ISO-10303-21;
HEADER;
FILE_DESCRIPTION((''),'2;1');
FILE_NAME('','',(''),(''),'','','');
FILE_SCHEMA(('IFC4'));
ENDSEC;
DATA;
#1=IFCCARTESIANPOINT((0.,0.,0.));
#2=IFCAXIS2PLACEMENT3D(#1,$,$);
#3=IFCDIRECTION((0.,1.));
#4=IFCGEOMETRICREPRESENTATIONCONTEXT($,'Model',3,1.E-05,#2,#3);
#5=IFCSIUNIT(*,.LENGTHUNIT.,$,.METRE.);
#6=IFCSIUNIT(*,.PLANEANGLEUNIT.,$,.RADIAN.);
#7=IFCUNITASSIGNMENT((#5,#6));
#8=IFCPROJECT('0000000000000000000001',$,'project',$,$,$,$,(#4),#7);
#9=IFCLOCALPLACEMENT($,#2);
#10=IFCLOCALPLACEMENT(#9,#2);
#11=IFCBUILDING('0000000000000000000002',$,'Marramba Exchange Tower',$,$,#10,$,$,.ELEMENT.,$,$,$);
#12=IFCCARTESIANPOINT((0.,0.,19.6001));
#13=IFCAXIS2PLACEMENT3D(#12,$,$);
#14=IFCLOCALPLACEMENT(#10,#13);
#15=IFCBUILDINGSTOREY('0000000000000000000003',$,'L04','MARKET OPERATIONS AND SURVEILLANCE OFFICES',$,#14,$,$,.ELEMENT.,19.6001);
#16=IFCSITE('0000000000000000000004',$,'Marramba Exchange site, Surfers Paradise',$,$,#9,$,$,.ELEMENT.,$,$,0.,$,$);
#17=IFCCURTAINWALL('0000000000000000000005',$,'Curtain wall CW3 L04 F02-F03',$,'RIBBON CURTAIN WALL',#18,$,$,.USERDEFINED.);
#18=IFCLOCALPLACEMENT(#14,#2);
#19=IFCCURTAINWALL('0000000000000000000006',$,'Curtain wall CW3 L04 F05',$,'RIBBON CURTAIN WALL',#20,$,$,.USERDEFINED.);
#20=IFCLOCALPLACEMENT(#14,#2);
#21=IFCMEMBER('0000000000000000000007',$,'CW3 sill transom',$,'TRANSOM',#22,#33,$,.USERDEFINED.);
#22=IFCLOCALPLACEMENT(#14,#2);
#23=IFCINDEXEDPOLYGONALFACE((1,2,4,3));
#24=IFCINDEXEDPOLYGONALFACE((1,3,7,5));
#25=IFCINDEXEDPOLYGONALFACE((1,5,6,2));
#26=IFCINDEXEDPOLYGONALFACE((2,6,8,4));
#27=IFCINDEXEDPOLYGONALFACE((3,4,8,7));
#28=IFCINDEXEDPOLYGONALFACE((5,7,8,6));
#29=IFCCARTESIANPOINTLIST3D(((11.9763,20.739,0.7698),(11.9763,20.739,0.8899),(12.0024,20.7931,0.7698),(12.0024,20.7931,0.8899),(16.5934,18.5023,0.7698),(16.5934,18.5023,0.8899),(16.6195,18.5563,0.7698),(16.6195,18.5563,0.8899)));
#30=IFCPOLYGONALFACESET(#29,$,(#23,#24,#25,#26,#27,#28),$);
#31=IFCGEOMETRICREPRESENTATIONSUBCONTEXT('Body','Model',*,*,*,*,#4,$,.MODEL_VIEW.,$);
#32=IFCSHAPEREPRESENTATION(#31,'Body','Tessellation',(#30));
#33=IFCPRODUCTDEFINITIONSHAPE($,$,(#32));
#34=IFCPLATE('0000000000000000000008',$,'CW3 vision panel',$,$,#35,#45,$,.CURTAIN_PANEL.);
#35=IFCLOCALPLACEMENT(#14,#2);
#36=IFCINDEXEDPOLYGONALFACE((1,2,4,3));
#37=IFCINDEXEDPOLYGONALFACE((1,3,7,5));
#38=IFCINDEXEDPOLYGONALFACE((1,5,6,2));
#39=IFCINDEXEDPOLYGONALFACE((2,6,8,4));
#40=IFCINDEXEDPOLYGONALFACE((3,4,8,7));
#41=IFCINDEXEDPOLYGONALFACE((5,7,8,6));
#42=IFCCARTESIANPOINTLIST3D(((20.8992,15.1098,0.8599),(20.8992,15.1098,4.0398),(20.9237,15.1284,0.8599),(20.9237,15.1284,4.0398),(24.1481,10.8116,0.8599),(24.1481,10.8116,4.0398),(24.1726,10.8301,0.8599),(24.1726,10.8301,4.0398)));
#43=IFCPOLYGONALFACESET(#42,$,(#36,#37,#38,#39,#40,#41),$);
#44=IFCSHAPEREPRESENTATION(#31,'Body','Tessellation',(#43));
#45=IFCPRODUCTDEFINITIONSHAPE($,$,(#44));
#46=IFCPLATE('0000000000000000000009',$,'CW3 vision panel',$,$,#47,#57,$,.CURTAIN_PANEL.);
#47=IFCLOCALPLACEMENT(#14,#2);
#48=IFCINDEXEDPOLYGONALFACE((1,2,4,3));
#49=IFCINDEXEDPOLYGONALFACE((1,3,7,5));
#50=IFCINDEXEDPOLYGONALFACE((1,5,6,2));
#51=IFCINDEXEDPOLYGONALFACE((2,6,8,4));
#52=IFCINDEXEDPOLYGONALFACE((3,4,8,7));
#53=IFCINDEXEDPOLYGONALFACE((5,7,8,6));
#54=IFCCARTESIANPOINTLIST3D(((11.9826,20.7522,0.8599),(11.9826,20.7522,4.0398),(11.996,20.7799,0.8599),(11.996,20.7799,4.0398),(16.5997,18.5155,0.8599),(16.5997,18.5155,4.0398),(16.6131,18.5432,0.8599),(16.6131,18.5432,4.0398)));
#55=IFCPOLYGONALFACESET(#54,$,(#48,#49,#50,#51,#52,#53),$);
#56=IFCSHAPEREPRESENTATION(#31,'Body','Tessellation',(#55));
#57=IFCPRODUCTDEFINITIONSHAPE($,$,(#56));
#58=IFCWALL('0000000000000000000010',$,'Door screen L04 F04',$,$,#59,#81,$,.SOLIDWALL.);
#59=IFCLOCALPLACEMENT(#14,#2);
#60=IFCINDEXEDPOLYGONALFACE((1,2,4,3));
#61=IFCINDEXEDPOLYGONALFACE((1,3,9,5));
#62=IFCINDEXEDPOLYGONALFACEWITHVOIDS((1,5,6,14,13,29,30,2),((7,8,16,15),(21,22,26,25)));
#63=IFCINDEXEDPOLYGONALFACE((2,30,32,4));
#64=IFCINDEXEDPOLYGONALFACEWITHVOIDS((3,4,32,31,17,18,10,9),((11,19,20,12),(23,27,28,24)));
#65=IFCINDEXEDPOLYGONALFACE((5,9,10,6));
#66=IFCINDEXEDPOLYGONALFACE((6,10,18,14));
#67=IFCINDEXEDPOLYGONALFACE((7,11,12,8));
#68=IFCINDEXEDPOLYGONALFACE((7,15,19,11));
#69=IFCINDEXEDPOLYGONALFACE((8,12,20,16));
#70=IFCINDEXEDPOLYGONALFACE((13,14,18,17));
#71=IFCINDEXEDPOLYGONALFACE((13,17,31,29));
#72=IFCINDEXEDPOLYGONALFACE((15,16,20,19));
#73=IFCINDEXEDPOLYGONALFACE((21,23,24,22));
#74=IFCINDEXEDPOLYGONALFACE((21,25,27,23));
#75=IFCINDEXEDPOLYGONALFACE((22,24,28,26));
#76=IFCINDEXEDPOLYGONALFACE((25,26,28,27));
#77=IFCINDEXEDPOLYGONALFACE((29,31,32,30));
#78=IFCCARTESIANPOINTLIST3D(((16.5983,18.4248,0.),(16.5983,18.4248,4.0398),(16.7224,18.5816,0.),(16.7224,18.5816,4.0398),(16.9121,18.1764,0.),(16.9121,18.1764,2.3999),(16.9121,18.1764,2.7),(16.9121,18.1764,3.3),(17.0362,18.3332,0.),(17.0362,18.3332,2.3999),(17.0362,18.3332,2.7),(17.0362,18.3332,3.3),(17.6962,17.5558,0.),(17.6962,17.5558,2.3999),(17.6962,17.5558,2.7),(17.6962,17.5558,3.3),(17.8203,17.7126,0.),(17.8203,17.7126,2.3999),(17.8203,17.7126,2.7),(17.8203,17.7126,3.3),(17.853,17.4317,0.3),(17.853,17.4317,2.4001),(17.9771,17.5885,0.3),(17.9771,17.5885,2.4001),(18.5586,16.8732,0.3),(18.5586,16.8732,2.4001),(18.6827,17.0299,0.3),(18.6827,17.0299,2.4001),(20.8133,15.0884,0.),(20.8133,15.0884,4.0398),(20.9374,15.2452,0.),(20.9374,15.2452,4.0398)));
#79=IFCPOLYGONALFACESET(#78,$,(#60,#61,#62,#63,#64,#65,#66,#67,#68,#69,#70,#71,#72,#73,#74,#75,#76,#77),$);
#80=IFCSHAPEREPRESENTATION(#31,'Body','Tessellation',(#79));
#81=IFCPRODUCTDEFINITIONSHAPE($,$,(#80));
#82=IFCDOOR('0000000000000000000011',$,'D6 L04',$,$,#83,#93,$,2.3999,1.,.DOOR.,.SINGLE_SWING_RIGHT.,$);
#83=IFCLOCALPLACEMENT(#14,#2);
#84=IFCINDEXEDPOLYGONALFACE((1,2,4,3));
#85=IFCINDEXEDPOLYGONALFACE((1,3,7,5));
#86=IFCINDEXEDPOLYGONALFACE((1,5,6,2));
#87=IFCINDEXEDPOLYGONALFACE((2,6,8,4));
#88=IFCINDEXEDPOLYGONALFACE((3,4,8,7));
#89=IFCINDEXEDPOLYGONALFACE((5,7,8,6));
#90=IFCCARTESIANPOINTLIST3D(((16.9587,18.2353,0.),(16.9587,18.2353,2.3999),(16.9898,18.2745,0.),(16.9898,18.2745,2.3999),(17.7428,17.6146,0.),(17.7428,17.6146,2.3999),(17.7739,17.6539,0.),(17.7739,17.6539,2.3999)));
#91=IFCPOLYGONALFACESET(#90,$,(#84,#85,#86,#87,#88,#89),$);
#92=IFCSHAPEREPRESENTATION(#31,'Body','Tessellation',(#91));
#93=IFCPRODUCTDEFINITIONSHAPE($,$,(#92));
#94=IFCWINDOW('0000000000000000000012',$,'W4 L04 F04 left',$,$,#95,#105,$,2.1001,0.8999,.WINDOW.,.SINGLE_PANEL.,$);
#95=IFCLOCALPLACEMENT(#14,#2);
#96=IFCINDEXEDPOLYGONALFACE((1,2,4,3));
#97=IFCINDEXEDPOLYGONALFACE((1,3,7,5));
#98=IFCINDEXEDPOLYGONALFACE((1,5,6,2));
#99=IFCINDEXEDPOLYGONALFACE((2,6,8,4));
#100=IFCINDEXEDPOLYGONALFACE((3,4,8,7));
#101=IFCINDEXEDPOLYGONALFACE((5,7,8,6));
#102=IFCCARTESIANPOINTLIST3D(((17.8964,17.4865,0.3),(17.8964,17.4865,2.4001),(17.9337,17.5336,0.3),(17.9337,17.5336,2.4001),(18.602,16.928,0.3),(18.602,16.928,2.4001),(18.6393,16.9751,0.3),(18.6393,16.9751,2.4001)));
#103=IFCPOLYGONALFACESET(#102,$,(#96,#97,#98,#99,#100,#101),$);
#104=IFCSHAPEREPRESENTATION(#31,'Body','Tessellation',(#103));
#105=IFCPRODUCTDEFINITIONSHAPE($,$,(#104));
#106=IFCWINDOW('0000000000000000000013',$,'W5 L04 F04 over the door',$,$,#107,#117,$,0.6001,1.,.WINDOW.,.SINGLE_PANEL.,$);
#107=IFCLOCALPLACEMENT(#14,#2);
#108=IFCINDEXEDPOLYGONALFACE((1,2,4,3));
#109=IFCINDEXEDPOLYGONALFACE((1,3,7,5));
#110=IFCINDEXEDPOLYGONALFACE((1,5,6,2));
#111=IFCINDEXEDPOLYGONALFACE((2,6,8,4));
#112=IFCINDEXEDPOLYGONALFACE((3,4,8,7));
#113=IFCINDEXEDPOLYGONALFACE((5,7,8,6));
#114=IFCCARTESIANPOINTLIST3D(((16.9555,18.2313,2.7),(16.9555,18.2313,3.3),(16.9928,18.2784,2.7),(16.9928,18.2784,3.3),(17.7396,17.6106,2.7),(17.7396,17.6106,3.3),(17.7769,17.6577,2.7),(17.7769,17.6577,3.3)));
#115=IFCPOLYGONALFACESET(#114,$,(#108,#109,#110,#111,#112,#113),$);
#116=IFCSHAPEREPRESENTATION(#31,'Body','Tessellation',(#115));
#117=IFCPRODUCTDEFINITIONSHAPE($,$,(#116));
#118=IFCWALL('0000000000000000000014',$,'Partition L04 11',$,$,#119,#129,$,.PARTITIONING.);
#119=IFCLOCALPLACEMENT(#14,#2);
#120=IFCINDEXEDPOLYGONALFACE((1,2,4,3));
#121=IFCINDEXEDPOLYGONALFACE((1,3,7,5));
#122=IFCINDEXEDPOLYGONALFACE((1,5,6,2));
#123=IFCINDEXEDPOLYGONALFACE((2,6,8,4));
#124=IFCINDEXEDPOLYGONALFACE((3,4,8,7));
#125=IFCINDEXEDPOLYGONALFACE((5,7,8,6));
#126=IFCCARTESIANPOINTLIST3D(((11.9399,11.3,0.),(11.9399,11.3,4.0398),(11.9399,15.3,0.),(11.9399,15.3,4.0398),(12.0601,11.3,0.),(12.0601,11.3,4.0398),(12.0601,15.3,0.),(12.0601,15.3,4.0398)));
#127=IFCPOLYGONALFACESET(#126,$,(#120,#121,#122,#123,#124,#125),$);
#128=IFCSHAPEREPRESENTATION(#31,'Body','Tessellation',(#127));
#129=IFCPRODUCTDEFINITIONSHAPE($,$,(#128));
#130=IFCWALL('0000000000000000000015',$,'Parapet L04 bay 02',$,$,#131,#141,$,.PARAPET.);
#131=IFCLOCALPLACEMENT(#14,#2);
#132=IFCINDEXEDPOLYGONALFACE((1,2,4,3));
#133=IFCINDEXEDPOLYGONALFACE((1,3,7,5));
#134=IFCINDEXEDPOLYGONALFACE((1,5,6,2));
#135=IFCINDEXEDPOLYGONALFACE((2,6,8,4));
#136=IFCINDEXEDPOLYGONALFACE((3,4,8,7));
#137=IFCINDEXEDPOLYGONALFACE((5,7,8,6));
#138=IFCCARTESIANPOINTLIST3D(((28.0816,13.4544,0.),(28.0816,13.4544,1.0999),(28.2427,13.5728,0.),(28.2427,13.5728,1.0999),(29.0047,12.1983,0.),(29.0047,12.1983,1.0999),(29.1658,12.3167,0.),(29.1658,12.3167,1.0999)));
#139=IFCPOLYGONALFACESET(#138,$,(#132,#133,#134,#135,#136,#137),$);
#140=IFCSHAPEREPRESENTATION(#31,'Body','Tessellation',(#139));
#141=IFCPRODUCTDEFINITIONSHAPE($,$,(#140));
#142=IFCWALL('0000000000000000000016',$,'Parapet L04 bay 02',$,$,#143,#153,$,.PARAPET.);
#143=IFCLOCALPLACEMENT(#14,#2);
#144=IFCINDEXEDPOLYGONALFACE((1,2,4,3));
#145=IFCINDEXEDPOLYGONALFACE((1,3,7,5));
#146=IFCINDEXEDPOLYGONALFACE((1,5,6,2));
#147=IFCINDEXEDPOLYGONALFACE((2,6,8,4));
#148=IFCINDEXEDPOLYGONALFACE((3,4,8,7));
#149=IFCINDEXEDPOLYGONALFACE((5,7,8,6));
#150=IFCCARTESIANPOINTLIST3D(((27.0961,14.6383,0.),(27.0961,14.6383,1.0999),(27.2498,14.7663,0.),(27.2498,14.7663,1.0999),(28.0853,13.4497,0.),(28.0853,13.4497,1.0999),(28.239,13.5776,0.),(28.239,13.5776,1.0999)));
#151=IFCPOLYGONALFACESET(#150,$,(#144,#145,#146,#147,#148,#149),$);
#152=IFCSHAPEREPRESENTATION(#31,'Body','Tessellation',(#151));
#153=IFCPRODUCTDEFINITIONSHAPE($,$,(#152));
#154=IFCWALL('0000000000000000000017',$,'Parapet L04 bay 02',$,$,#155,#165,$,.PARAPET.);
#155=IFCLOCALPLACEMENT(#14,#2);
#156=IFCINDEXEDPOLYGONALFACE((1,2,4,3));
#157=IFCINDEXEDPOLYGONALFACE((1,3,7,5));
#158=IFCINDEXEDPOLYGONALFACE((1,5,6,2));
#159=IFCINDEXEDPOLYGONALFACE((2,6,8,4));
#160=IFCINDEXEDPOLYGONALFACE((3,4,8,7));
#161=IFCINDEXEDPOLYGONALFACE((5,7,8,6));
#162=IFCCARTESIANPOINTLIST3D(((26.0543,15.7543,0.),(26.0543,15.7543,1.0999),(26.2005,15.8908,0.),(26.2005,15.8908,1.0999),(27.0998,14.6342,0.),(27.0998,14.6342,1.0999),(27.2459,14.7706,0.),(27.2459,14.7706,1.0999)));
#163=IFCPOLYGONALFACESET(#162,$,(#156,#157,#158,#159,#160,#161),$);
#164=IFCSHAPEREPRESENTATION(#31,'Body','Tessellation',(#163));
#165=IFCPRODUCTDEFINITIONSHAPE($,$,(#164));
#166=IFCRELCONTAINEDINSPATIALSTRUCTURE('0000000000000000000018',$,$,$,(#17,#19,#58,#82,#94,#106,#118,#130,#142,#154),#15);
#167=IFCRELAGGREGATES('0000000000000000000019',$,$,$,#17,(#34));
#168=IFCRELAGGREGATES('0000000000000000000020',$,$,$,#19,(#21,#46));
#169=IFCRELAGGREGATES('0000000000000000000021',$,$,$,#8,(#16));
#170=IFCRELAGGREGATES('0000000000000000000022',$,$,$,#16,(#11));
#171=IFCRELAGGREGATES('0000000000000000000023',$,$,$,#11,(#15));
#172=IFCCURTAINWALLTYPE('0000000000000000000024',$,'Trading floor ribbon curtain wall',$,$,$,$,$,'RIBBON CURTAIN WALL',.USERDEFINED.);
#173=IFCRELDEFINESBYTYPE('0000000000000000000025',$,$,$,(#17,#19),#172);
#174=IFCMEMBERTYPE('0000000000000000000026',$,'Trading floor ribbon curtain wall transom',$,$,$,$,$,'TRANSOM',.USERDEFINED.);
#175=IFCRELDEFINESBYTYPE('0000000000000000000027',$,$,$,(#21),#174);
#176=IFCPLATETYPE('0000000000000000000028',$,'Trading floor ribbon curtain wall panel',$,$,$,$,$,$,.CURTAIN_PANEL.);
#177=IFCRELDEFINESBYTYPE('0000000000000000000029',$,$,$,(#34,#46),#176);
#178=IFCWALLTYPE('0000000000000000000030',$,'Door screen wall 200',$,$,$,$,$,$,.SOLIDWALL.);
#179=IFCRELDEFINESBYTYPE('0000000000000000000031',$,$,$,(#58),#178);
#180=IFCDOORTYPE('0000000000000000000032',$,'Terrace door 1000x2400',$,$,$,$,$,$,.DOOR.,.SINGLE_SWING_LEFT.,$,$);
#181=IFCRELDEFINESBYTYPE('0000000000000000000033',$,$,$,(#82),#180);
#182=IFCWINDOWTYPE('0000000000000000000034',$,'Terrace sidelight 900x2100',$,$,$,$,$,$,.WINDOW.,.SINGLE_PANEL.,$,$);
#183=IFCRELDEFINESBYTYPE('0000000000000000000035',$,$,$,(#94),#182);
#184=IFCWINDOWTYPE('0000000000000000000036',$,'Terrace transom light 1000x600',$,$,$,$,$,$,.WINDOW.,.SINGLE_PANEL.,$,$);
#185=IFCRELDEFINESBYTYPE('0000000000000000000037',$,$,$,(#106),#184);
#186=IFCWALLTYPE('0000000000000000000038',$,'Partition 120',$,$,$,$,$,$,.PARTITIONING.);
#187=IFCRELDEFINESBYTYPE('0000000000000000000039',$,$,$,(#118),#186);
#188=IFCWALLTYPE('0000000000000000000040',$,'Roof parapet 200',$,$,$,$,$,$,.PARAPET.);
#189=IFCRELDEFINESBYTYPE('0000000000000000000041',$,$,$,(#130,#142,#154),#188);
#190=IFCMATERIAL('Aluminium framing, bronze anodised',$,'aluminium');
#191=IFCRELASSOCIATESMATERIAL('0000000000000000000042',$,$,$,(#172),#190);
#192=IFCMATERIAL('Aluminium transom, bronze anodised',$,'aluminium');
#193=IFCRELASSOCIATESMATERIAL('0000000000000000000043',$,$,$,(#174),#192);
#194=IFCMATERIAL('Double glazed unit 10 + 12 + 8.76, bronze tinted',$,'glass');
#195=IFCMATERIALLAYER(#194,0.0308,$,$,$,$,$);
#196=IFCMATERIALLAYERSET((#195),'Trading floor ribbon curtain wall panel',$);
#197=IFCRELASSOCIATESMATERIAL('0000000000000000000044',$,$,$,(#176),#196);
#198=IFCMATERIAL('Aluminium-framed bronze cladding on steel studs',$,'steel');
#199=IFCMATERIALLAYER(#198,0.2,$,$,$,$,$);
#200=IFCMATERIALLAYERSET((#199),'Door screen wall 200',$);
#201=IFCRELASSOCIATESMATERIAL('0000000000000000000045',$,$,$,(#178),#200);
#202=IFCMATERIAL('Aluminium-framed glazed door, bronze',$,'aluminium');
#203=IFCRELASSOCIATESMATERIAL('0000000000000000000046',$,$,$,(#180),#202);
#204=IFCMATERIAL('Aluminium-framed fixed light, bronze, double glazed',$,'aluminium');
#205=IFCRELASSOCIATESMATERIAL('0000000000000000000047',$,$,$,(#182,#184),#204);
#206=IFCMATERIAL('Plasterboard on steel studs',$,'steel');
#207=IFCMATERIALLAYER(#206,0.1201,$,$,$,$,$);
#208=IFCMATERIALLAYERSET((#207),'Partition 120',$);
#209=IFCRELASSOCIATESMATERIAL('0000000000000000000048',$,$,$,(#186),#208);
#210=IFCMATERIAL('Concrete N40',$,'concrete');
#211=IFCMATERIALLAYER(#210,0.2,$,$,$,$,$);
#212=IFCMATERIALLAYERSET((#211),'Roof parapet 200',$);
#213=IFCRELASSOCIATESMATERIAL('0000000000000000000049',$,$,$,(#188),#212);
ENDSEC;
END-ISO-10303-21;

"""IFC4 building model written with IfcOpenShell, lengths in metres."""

from ifc_helpers import new_model, si_unit, direction, frame, frame_2d, origin, origin_2d, place, context, subcontext, project, spatial, rectangle, extrude, material, layer, layer_set, material_profile, profile_set, type_object, element, fill, aggregate, save


model = new_model("IFC4")

# Units and contexts
model_context = context("Model", 3, precision=1e-05, world=origin(), true_north=direction((0.0, 1.0)))
body_context = subcontext(model_context, "Body", "Model", "MODEL_VIEW")
ifc_project = project(units=[si_unit("LENGTHUNIT", "METRE"), si_unit("PLANEANGLEUNIT", "RADIAN")], contexts=[model_context])

# Site, building, storey
site_placement = place(None, origin())
site = spatial("IfcSite", under=ifc_project, at=site_placement, Name="Marramba Exchange site, Surfers Paradise", CompositionType="ELEMENT", RefElevation=0.0)
building_placement = place(site_placement, origin())
building = spatial("IfcBuilding", under=site, at=building_placement, Name="Marramba Exchange Tower", CompositionType="ELEMENT")
storey_placement = place(building_placement, frame((0.0, 0.0, 19.6001)))
storey = spatial("IfcBuildingStorey", under=building, at=storey_placement, Name="L04", Description="MARKET OPERATIONS AND SURVEILLANCE OFFICES", CompositionType="ELEMENT", Elevation=19.6001)

# Curtain wall
ifc_material_1 = material(Name="Aluminium framing, bronze anodised", Category="aluminium")
curtain_wall_type = type_object("IfcCurtainWallType", Name="Trading floor ribbon curtain wall", ElementType="RIBBON CURTAIN WALL", PredefinedType="USERDEFINED", material=ifc_material_1)
curtain_wall_1_placement = place(storey_placement, origin())
curtain_wall_1 = element("IfcCurtainWall", 1, at=curtain_wall_1_placement, inside=storey, type_object=curtain_wall_type, Name="Curtain wall CW3 L04 F02-F03", ObjectType="RIBBON CURTAIN WALL", PredefinedType="USERDEFINED")

# Curtain wall, member
curtain_wall_2_placement = place(storey_placement, origin())
curtain_wall_2 = element("IfcCurtainWall", 2, at=curtain_wall_2_placement, inside=storey, type_object=curtain_wall_type, Name="Curtain wall CW3 L04 F05", ObjectType="RIBBON CURTAIN WALL", PredefinedType="USERDEFINED")
ifc_material_2 = material(Name="Aluminium transom, bronze anodised", Category="aluminium")
ifc_material_profile_1 = material_profile(ifc_material_2, rectangle(XDim=0.0601, YDim=0.1201, at=origin_2d()), Name="CW3 transom 60x120")
ifc_profile_set_1 = profile_set([ifc_material_profile_1], Name="Aluminium transom, bronze anodised")
member_type_1 = type_object("IfcMemberType", Name="Trading floor ribbon curtain wall transom", ElementType="TRANSOM", PredefinedType="USERDEFINED", material=ifc_profile_set_1)
member_1_placement = place(storey_placement, frame((16.6064, 18.5293, 0.8298), z_axis=(-0.899953, 0.435986, 0.0), x_axis=(-0.435986, -0.899953, 0.0)))
member_1 = element("IfcMember", 3, at=member_1_placement, type_object=member_type_1, Name="CW3 sill transom", ObjectType="TRANSOM", PredefinedType="USERDEFINED", context=body_context, shape_type="SweptSolid", body=[
    extrude(rectangle(XDim=0.0601, YDim=0.1201, at=origin_2d()), origin(), (0.0, 0.0, 1.0), 5.1304),
])

# Plates
ifc_material_3 = material(Name="Double glazed unit 10 + 12 + 8.76, bronze tinted", Category="glass")
ifc_layer_1 = layer(ifc_material_3, 0.0308)
ifc_layer_set_1 = layer_set([ifc_layer_1], Name="Trading floor ribbon curtain wall panel")
plate_type = type_object("IfcPlateType", Name="Trading floor ribbon curtain wall panel", PredefinedType="CURTAIN_PANEL", material=ifc_layer_set_1)
plate_1_placement = place(storey_placement, frame((22.5359, 12.97, 0.8599), z_axis=(0.0, 0.0, 1.0), x_axis=(-0.60299, 0.797749, 0.0)))
plate_1 = element("IfcPlate", 4, at=plate_1_placement, type_object=plate_type, Name="CW3 vision panel", PredefinedType="CURTAIN_PANEL", context=body_context, shape_type="SweptSolid", body=[
    extrude(rectangle(XDim=5.3879, YDim=0.0308, at=origin_2d()), origin(), (0.0, 0.0, 1.0), 3.1799),
])
aggregate(curtain_wall_1, [plate_1])
plate_2_placement = place(storey_placement, frame((14.2979, 19.6477, 0.8599), z_axis=(0.0, 0.0, 1.0), x_axis=(-0.899963, 0.435965, 0.0)))
plate_2 = element("IfcPlate", 5, at=plate_2_placement, type_object=plate_type, Name="CW3 vision panel", PredefinedType="CURTAIN_PANEL", context=body_context, shape_type="SweptSolid", body=[
    extrude(rectangle(XDim=5.1304, YDim=0.0308, at=origin_2d()), origin(), (0.0, 0.0, 1.0), 3.1799),
])
aggregate(curtain_wall_2, [member_1, plate_2])

# Wall, openings, door, windows
ifc_material_4 = material(Name="Aluminium-framed bronze cladding on steel studs", Category="steel")
ifc_layer_2 = layer(ifc_material_4, 0.2)
ifc_layer_set_2 = layer_set([ifc_layer_2], Name="Door screen wall 200")
wall_type_1 = type_object("IfcWallType", Name="Door screen wall 200", PredefinedType="SOLIDWALL", material=ifc_layer_set_2)
wall_1_placement = place(storey_placement, frame((20.8755, 15.1667, 0.0), z_axis=(0.0, 0.0, 1.0), x_axis=(-0.784093, 0.620644, 0.0)))
wall_1 = element("IfcWall", 6, at=wall_1_placement, inside=storey, type_object=wall_type_1, Name="Door screen L04 F04", PredefinedType="SOLIDWALL", context=body_context, shape_type="SweptSolid", body=[
    extrude(rectangle(XDim=5.3757, YDim=0.2, at=frame_2d((2.688, 0.0))), origin(), (0.0, 0.0, 1.0), 4.0398),
])
opening_1_placement = place(wall_1_placement, frame((3.9756, 0.0, 0.0)))
opening_1 = element("IfcOpeningElement", 7, at=opening_1_placement, cuts=wall_1, PredefinedType="OPENING", context=body_context, shape_type="SweptSolid", body=[
    extrude(rectangle(XDim=1.0, YDim=2.3999, at=frame_2d((0.5, 1.2))), frame((0.0, 0.1099, 0.0), z_axis=(0.0, -1.0, 0.0), x_axis=(1.0, 0.0, 0.0)), (0.0, 0.0, 1.0), 0.22),
])
opening_2_placement = place(wall_1_placement, frame((2.8757, 0.0, 0.3)))
opening_2 = element("IfcOpeningElement", 8, at=opening_2_placement, cuts=wall_1, PredefinedType="OPENING", context=body_context, shape_type="SweptSolid", body=[
    extrude(rectangle(XDim=0.8999, YDim=2.1001, at=frame_2d((0.45, 1.05))), frame((0.0, 0.1099, 0.0), z_axis=(0.0, -1.0, 0.0), x_axis=(1.0, 0.0, 0.0)), (0.0, 0.0, 1.0), 0.22),
])
opening_3_placement = place(wall_1_placement, frame((3.9756, 0.0, 2.7)))
opening_3 = element("IfcOpeningElement", 9, at=opening_3_placement, cuts=wall_1, PredefinedType="OPENING", context=body_context, shape_type="SweptSolid", body=[
    extrude(rectangle(XDim=1.0, YDim=0.6001, at=frame_2d((0.5, 0.3))), frame((0.0, 0.1099, 0.0), z_axis=(0.0, -1.0, 0.0), x_axis=(1.0, 0.0, 0.0)), (0.0, 0.0, 1.0), 0.22),
])
ifc_material_5 = material(Name="Aluminium-framed glazed door, bronze", Category="aluminium")
door_type = type_object("IfcDoorType", Name="Terrace door 1000x2400", OperationType="SINGLE_SWING_LEFT", PredefinedType="DOOR", material=ifc_material_5)
door_placement = place(opening_1_placement, frame((1.0, 0.0, 0.0), z_axis=(0.0, 0.0, 1.0), x_axis=(-1.0, 0.0, 0.0)))
door = element("IfcDoor", 10, at=door_placement, inside=storey, type_object=door_type, Name="D6 L04", OperationType="SINGLE_SWING_RIGHT", OverallHeight=2.3999, OverallWidth=1.0, PredefinedType="DOOR", context=body_context, shape_type="SweptSolid", body=[
    extrude(rectangle(XDim=1.0, YDim=2.3999, at=frame_2d((0.5, 1.2))), frame((0.0, 0.0251, 0.0), z_axis=(0.0, -1.0, 0.0), x_axis=(1.0, 0.0, 0.0)), (0.0, 0.0, 1.0), 0.05),
])
fill(opening_1, door)
ifc_material_6 = material(Name="Aluminium-framed fixed light, bronze, double glazed", Category="aluminium")
window_type_1 = type_object("IfcWindowType", Name="Terrace sidelight 900x2100", PartitioningType="SINGLE_PANEL", PredefinedType="WINDOW", material=ifc_material_6)
window_1_placement = place(opening_2_placement, origin())
window_1 = element("IfcWindow", 11, at=window_1_placement, inside=storey, type_object=window_type_1, Name="W4 L04 F04 left", OverallHeight=2.1001, OverallWidth=0.8999, PartitioningType="SINGLE_PANEL", PredefinedType="WINDOW", context=body_context, shape_type="SweptSolid", body=[
    extrude(rectangle(XDim=0.8999, YDim=2.1001, at=frame_2d((0.45, 1.05))), frame((0.0, 0.03, 0.0), z_axis=(0.0, -1.0, 0.0), x_axis=(1.0, 0.0, 0.0)), (0.0, 0.0, 1.0), 0.0601),
])
fill(opening_2, window_1)
window_type_2 = type_object("IfcWindowType", Name="Terrace transom light 1000x600", PartitioningType="SINGLE_PANEL", PredefinedType="WINDOW", material=ifc_material_6)
window_2_placement = place(opening_3_placement, origin())
window_2 = element("IfcWindow", 12, at=window_2_placement, inside=storey, type_object=window_type_2, Name="W5 L04 F04 over the door", OverallHeight=0.6001, OverallWidth=1.0, PartitioningType="SINGLE_PANEL", PredefinedType="WINDOW", context=body_context, shape_type="SweptSolid", body=[
    extrude(rectangle(XDim=1.0, YDim=0.6001, at=frame_2d((0.5, 0.3))), frame((0.0, 0.03, 0.0), z_axis=(0.0, -1.0, 0.0), x_axis=(1.0, 0.0, 0.0)), (0.0, 0.0, 1.0), 0.0601),
])
fill(opening_3, window_2)

# Walls
ifc_material_7 = material(Name="Plasterboard on steel studs", Category="steel")
ifc_layer_3 = layer(ifc_material_7, 0.1201)
ifc_layer_set_3 = layer_set([ifc_layer_3], Name="Partition 120")
wall_type_2 = type_object("IfcWallType", Name="Partition 120", PredefinedType="PARTITIONING", material=ifc_layer_set_3)
wall_2_placement = place(storey_placement, frame((12.0, 15.3, 0.0), z_axis=(0.0, 0.0, 1.0), x_axis=(0.0, -1.0, 0.0)))
element("IfcWall", 13, at=wall_2_placement, inside=storey, type_object=wall_type_2, Name="Partition L04 11", PredefinedType="PARTITIONING", context=body_context, shape_type="SweptSolid", body=[
    extrude(rectangle(XDim=4.0, YDim=0.1201, at=frame_2d((2.0, 0.0))), origin(), (0.0, 0.0, 1.0), 4.0398),
])
ifc_material_8 = material(Name="Concrete N40", Category="concrete")
ifc_layer_4 = layer(ifc_material_8, 0.2)
ifc_layer_set_4 = layer_set([ifc_layer_4], Name="Roof parapet 200")
wall_type_3 = type_object("IfcWallType", Name="Roof parapet 200", PredefinedType="PARAPET", material=ifc_layer_set_4)
wall_3_placement = place(storey_placement, frame((29.0852, 12.2576, 0.0), z_axis=(0.0, 0.0, 1.0), x_axis=(-0.592178, 0.805807, 0.0)))
element("IfcWall", 14, at=wall_3_placement, inside=storey, type_object=wall_type_3, Name="Parapet L04 bay 02", PredefinedType="PARAPET", context=body_context, shape_type="SweptSolid", body=[
    extrude(rectangle(XDim=1.5588, YDim=0.2, at=frame_2d((0.7793, 0.0))), origin(), (0.0, 0.0, 1.0), 1.0999),
])
wall_4_placement = place(storey_placement, frame((28.1621, 13.5137, 0.0), z_axis=(0.0, 0.0, 1.0), x_axis=(-0.639672, 0.768648, 0.0)))
element("IfcWall", 15, at=wall_4_placement, inside=storey, type_object=wall_type_3, Name="Parapet L04 bay 02", PredefinedType="PARAPET", context=body_context, shape_type="SweptSolid", body=[
    extrude(rectangle(XDim=1.5464, YDim=0.2, at=frame_2d((0.7732, 0.0))), origin(), (0.0, 0.0, 1.0), 1.0999),
])
wall_5_placement = place(storey_placement, frame((27.1729, 14.7024, 0.0), z_axis=(0.0, 0.0, 1.0), x_axis=(-0.682307, 0.731066, 0.0)))
element("IfcWall", 16, at=wall_5_placement, inside=storey, type_object=wall_type_3, Name="Parapet L04 bay 02", PredefinedType="PARAPET", context=body_context, shape_type="SweptSolid", body=[
    extrude(rectangle(XDim=1.5322, YDim=0.2, at=frame_2d((0.7661, 0.0))), origin(), (0.0, 0.0, 1.0), 1.0999),
])

save(model, "model.ifc")
